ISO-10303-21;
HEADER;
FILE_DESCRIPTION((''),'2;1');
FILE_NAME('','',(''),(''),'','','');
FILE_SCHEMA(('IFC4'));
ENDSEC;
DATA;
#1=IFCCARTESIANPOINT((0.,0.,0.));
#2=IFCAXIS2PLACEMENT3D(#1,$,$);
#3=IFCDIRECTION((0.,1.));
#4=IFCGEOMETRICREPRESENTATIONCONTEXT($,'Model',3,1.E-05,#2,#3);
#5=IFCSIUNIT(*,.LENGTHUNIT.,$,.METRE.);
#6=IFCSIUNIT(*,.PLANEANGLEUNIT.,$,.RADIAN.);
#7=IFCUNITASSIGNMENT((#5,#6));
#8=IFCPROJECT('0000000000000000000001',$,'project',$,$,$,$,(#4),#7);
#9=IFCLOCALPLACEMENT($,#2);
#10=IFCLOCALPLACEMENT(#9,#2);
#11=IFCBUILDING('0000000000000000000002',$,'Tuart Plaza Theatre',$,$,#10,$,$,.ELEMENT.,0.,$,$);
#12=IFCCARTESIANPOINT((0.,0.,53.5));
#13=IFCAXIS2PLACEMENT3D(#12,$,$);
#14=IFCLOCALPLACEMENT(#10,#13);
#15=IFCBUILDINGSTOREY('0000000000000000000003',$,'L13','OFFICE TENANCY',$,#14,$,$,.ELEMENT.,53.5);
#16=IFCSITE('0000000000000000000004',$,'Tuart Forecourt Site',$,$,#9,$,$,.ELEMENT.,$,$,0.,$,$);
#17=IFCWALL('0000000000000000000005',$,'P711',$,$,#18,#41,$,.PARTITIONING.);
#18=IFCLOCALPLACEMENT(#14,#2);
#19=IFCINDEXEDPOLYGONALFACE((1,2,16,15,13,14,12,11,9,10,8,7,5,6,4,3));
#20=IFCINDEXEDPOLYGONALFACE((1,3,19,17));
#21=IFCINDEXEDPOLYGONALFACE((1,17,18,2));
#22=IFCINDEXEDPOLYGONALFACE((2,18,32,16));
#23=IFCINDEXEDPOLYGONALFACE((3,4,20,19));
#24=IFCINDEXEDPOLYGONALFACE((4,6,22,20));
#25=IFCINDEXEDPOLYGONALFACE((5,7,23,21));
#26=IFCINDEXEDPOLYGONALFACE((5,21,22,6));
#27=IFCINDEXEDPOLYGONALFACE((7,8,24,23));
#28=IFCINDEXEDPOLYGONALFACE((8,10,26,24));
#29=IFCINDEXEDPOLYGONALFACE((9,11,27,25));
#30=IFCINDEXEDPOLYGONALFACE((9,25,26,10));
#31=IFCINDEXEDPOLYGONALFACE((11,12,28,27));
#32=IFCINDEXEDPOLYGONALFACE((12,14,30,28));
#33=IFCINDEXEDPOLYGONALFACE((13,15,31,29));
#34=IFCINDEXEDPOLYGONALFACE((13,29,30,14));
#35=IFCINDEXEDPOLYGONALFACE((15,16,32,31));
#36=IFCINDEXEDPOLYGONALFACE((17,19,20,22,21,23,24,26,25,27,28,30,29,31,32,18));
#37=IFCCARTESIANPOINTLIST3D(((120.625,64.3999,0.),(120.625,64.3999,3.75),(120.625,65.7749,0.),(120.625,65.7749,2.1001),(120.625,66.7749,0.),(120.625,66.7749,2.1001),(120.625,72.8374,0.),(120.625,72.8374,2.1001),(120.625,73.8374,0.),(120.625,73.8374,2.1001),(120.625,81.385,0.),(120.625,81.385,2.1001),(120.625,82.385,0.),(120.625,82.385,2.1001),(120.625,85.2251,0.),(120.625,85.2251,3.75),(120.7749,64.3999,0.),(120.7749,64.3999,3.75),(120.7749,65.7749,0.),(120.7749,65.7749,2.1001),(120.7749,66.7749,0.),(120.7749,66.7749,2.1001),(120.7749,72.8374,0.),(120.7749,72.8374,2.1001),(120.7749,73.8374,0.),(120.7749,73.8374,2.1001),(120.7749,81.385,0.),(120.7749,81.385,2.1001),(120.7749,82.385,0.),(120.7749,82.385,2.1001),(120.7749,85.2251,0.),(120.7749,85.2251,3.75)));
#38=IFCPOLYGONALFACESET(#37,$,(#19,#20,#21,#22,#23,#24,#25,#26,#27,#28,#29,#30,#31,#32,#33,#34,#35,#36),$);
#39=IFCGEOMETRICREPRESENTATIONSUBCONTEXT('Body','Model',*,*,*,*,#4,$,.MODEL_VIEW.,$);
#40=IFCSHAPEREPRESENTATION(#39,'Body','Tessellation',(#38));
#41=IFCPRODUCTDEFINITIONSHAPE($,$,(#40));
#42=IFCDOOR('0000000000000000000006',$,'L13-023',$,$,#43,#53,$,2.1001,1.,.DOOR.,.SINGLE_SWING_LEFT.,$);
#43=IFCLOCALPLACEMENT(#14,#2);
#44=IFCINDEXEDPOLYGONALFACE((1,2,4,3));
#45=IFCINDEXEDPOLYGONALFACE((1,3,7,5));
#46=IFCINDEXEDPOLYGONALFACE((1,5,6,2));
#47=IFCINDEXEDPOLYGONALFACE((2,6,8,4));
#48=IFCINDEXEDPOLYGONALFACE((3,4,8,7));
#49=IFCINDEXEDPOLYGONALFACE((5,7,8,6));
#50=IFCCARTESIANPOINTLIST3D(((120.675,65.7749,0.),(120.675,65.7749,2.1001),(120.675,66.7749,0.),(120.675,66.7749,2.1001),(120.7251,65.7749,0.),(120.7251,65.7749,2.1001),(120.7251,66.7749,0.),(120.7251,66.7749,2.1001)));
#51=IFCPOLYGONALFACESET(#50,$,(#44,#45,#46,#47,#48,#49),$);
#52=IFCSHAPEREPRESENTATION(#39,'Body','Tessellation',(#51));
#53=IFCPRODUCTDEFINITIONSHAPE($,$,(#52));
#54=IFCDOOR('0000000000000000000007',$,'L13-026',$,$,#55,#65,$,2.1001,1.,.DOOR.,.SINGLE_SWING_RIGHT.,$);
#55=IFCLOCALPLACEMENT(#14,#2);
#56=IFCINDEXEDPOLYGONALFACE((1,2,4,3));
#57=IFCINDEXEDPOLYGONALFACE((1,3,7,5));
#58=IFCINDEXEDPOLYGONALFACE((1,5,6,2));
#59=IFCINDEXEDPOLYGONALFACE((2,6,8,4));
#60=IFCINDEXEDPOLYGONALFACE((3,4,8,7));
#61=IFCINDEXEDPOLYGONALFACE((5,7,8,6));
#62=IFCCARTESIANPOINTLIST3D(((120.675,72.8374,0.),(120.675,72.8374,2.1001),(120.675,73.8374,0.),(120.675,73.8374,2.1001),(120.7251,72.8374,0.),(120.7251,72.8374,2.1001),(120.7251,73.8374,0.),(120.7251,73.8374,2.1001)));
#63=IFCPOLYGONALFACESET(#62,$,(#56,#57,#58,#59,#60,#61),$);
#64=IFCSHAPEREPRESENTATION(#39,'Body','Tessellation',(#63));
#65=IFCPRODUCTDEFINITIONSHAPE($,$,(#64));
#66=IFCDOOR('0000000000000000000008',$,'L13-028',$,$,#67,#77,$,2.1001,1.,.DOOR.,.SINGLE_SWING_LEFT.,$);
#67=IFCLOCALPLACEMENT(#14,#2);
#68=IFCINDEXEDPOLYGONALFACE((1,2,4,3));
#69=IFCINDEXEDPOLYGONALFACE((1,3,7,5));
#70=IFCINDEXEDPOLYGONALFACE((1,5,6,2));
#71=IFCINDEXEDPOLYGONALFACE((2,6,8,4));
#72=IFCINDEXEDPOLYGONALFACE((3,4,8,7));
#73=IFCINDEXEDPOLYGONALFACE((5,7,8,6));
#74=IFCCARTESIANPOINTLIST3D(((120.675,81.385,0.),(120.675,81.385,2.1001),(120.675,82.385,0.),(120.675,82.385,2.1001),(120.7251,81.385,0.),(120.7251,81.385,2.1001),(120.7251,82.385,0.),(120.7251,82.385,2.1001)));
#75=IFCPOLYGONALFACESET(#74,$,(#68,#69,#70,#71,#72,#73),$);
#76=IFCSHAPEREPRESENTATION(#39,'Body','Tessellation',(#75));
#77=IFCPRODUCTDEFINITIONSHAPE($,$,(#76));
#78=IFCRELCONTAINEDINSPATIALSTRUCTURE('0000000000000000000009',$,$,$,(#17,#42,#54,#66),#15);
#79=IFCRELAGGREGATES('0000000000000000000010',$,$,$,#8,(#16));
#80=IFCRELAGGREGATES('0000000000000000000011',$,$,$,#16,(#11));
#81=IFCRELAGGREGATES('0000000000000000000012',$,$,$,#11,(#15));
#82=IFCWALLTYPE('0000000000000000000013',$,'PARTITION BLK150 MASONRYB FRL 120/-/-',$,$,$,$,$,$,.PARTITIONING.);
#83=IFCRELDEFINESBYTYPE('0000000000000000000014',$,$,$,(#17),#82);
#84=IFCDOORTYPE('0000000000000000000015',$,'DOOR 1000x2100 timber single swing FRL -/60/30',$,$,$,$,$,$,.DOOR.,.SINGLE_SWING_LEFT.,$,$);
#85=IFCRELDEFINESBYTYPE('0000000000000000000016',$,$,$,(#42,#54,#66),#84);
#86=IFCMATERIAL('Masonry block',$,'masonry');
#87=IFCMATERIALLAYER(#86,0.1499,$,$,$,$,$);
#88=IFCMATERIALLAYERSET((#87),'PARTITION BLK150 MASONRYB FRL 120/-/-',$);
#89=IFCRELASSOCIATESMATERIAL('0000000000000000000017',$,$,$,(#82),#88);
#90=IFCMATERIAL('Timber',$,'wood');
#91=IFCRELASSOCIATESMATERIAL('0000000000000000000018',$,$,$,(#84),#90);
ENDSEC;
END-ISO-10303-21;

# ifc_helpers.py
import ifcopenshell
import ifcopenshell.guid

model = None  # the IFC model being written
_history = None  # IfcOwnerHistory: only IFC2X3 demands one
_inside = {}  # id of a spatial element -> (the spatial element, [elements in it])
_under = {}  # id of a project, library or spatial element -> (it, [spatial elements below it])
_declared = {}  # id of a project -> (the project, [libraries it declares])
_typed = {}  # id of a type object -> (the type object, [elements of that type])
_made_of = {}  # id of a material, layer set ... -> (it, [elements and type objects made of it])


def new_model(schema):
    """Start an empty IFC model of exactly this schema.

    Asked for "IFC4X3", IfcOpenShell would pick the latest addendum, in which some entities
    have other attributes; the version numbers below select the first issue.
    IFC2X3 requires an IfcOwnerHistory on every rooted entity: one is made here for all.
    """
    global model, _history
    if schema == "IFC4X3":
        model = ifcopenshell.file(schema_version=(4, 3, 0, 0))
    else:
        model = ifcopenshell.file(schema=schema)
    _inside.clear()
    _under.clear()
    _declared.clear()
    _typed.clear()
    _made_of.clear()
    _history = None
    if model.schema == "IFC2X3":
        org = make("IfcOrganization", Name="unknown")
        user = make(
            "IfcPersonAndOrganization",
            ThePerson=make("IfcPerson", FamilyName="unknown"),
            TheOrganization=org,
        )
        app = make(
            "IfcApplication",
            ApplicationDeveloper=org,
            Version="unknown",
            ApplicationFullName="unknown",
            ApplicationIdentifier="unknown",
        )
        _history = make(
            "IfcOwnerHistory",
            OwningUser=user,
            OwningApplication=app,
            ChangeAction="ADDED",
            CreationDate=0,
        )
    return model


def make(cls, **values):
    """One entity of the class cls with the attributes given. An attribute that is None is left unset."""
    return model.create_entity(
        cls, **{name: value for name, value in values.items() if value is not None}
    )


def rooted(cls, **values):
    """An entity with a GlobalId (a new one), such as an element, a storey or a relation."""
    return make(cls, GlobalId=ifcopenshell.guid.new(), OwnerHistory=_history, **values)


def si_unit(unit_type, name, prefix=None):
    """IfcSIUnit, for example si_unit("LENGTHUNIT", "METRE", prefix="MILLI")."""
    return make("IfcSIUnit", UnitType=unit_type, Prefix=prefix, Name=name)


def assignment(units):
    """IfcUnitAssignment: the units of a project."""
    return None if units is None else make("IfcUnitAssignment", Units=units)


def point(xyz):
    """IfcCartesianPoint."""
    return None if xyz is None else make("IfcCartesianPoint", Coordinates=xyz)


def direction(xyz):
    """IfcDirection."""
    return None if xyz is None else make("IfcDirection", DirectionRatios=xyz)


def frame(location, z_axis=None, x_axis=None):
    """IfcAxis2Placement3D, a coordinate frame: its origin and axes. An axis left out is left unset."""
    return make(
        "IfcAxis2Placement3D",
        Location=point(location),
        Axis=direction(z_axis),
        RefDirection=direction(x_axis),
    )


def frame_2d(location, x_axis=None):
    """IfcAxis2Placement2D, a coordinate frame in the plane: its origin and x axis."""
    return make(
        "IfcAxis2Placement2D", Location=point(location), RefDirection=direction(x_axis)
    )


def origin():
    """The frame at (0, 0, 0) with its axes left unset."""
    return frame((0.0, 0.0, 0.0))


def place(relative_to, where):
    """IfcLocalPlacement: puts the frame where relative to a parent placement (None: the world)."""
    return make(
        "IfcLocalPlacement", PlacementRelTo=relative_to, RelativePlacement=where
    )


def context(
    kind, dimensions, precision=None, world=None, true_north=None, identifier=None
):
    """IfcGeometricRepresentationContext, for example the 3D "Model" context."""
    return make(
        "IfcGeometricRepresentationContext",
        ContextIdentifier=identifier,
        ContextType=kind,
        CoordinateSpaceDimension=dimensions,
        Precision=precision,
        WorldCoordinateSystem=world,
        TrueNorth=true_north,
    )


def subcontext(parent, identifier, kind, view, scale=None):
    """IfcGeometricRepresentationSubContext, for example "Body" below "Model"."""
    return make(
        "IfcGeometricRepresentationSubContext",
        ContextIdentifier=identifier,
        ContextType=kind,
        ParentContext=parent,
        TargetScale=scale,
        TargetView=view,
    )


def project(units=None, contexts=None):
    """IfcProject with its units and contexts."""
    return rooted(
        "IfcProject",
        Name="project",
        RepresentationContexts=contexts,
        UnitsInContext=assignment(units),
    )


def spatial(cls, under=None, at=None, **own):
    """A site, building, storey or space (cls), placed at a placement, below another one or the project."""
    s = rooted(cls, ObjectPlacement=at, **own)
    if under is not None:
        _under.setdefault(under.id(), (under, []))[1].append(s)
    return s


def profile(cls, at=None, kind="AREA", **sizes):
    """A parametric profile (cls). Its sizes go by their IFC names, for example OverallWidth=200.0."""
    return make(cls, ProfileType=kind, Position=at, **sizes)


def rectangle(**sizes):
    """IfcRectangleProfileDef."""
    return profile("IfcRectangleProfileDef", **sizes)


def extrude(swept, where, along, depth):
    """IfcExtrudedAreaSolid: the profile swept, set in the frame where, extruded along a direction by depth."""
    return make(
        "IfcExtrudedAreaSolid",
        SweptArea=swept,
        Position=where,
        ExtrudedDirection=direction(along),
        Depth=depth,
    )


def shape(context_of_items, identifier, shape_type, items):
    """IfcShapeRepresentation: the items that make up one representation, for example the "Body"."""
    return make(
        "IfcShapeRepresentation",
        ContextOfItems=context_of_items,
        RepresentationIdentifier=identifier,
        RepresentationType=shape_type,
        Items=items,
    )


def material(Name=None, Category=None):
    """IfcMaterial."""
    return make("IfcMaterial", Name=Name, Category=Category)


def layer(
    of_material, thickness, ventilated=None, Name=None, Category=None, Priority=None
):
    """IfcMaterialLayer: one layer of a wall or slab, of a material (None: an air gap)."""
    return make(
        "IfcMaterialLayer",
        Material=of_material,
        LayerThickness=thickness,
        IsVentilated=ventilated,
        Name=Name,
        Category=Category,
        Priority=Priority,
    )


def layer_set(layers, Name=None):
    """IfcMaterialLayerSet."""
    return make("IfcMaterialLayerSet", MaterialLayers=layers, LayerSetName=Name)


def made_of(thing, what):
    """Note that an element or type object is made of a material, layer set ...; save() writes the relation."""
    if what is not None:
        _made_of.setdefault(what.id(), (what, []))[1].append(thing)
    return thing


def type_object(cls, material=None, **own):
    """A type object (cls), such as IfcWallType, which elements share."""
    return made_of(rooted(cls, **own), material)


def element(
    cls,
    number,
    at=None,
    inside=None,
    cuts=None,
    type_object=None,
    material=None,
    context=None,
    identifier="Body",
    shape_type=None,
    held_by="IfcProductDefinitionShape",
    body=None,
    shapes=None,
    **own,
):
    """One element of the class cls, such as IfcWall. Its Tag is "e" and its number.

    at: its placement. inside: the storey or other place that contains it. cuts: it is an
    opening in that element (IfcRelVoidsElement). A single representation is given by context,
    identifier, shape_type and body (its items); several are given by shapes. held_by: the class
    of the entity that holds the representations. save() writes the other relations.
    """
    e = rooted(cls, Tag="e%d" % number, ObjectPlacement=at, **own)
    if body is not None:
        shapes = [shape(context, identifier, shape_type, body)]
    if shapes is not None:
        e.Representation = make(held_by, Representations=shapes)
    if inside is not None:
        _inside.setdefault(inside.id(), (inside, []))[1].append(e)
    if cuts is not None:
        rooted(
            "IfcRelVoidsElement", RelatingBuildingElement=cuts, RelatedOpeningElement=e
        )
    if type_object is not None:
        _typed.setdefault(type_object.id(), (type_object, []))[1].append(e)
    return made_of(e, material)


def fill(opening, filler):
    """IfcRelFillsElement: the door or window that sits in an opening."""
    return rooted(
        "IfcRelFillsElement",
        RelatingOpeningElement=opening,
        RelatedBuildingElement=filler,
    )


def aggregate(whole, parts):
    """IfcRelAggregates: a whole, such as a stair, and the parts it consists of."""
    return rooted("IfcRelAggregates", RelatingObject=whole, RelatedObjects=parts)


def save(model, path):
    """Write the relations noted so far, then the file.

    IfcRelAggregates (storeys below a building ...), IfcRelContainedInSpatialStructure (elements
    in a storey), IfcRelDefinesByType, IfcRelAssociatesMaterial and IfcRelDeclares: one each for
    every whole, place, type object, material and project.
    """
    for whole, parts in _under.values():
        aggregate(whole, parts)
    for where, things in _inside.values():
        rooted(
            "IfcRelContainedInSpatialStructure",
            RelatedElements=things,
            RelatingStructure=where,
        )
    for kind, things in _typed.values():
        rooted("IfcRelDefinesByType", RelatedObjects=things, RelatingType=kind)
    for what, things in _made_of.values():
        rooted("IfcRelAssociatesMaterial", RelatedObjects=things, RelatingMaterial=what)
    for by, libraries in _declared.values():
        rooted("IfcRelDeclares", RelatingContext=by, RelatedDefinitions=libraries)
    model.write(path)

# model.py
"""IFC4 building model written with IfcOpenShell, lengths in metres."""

from ifc_helpers import new_model, si_unit, direction, frame, frame_2d, origin, place, context, subcontext, project, spatial, rectangle, extrude, material, layer, layer_set, type_object, element, fill, save


model = new_model("IFC4")

# Units and contexts
model_context = context("Model", 3, precision=1e-05, world=origin(), true_north=direction((0.0, 1.0)))
body_context = subcontext(model_context, "Body", "Model", "MODEL_VIEW")
ifc_project = project(units=[si_unit("LENGTHUNIT", "METRE"), si_unit("PLANEANGLEUNIT", "RADIAN")], contexts=[model_context])

# Site, building, storey
site_placement = place(None, origin())
site = spatial("IfcSite", under=ifc_project, at=site_placement, Name="Tuart Forecourt Site", CompositionType="ELEMENT", RefElevation=0.0)
building_placement = place(site_placement, origin())
building = spatial("IfcBuilding", under=site, at=building_placement, Name="Tuart Plaza Theatre", CompositionType="ELEMENT", ElevationOfRefHeight=0.0)
storey_placement = place(building_placement, frame((0.0, 0.0, 53.5)))
storey = spatial("IfcBuildingStorey", under=building, at=storey_placement, Name="L13", Description="OFFICE TENANCY", CompositionType="ELEMENT", Elevation=53.5)

# Wall, openings, doors
ifc_material_1 = material(Name="Masonry block", Category="masonry")
ifc_layer_1 = layer(ifc_material_1, 0.1499)
ifc_layer_set_1 = layer_set([ifc_layer_1], Name="PARTITION BLK150 MASONRYB FRL 120/-/-")
wall_type = type_object("IfcWallType", Name="PARTITION BLK150 MASONRYB FRL 120/-/-", PredefinedType="PARTITIONING", material=ifc_layer_set_1)
wall_placement = place(storey_placement, frame((120.7, 64.3999, 0.0), z_axis=(0.0, 0.0, 1.0), x_axis=(0.0, 1.0, 0.0)))
wall = element("IfcWall", 1, at=wall_placement, inside=storey, type_object=wall_type, Name="P711", PredefinedType="PARTITIONING", context=body_context, shape_type="SweptSolid", body=[
    extrude(rectangle(XDim=20.8252, YDim=0.1499, at=frame_2d((10.4126, 0.0))), origin(), (0.0, 0.0, 1.0), 3.75),
])
opening_1_placement = place(wall_placement, frame((1.375, 0.0, 0.0)))
opening_1 = element("IfcOpeningElement", 2, at=opening_1_placement, cuts=wall, PredefinedType="OPENING", context=body_context, shape_type="SweptSolid", body=[
    extrude(rectangle(XDim=1.0, YDim=2.1001, at=frame_2d((0.5, 1.05))), frame((0.0, 0.085, 0.0), z_axis=(0.0, -1.0, 0.0), x_axis=(1.0, 0.0, 0.0)), (0.0, 0.0, 1.0), 0.1699),
])
opening_2_placement = place(wall_placement, frame((8.4375, 0.0, 0.0)))
opening_2 = element("IfcOpeningElement", 3, at=opening_2_placement, cuts=wall, PredefinedType="OPENING", context=body_context, shape_type="SweptSolid", body=[
    extrude(rectangle(XDim=1.0, YDim=2.1001, at=frame_2d((0.5, 1.05))), frame((0.0, 0.085, 0.0), z_axis=(0.0, -1.0, 0.0), x_axis=(1.0, 0.0, 0.0)), (0.0, 0.0, 1.0), 0.1699),
])
opening_3_placement = place(wall_placement, frame((16.9851, 0.0, 0.0)))
opening_3 = element("IfcOpeningElement", 4, at=opening_3_placement, cuts=wall, PredefinedType="OPENING", context=body_context, shape_type="SweptSolid", body=[
    extrude(rectangle(XDim=1.0, YDim=2.1001, at=frame_2d((0.5, 1.05))), frame((0.0, 0.085, 0.0), z_axis=(0.0, -1.0, 0.0), x_axis=(1.0, 0.0, 0.0)), (0.0, 0.0, 1.0), 0.1699),
])
ifc_material_2 = material(Name="Timber", Category="wood")
door_type = type_object("IfcDoorType", Name="DOOR 1000x2100 timber single swing FRL -/60/30", OperationType="SINGLE_SWING_LEFT", PredefinedType="DOOR", material=ifc_material_2)
door_1_placement = place(opening_1_placement, origin())
door_1 = element("IfcDoor", 5, at=door_1_placement, inside=storey, type_object=door_type, Name="L13-023", OperationType="SINGLE_SWING_LEFT", OverallHeight=2.1001, OverallWidth=1.0, PredefinedType="DOOR", context=body_context, shape_type="SweptSolid", body=[
    extrude(rectangle(XDim=1.0, YDim=2.1001, at=frame_2d((0.5, 1.05))), frame((0.0, 0.0249, 0.0), z_axis=(0.0, -1.0, 0.0), x_axis=(1.0, 0.0, 0.0)), (0.0, 0.0, 1.0), 0.05),
])
fill(opening_1, door_1)
door_2_placement = place(opening_2_placement, origin())
door_2 = element("IfcDoor", 6, at=door_2_placement, inside=storey, type_object=door_type, Name="L13-026", OperationType="SINGLE_SWING_RIGHT", OverallHeight=2.1001, OverallWidth=1.0, PredefinedType="DOOR", context=body_context, shape_type="SweptSolid", body=[
    extrude(rectangle(XDim=1.0, YDim=2.1001, at=frame_2d((0.5, 1.05))), frame((0.0, 0.0249, 0.0), z_axis=(0.0, -1.0, 0.0), x_axis=(1.0, 0.0, 0.0)), (0.0, 0.0, 1.0), 0.05),
])
fill(opening_2, door_2)
door_3_placement = place(opening_3_placement, origin())
door_3 = element("IfcDoor", 7, at=door_3_placement, inside=storey, type_object=door_type, Name="L13-028", OperationType="SINGLE_SWING_LEFT", OverallHeight=2.1001, OverallWidth=1.0, PredefinedType="DOOR", context=body_context, shape_type="SweptSolid", body=[
    extrude(rectangle(XDim=1.0, YDim=2.1001, at=frame_2d((0.5, 1.05))), frame((0.0, 0.0249, 0.0), z_axis=(0.0, -1.0, 0.0), x_axis=(1.0, 0.0, 0.0)), (0.0, 0.0, 1.0), 0.05),
])
fill(opening_3, door_3)

save(model, "model.ifc")
